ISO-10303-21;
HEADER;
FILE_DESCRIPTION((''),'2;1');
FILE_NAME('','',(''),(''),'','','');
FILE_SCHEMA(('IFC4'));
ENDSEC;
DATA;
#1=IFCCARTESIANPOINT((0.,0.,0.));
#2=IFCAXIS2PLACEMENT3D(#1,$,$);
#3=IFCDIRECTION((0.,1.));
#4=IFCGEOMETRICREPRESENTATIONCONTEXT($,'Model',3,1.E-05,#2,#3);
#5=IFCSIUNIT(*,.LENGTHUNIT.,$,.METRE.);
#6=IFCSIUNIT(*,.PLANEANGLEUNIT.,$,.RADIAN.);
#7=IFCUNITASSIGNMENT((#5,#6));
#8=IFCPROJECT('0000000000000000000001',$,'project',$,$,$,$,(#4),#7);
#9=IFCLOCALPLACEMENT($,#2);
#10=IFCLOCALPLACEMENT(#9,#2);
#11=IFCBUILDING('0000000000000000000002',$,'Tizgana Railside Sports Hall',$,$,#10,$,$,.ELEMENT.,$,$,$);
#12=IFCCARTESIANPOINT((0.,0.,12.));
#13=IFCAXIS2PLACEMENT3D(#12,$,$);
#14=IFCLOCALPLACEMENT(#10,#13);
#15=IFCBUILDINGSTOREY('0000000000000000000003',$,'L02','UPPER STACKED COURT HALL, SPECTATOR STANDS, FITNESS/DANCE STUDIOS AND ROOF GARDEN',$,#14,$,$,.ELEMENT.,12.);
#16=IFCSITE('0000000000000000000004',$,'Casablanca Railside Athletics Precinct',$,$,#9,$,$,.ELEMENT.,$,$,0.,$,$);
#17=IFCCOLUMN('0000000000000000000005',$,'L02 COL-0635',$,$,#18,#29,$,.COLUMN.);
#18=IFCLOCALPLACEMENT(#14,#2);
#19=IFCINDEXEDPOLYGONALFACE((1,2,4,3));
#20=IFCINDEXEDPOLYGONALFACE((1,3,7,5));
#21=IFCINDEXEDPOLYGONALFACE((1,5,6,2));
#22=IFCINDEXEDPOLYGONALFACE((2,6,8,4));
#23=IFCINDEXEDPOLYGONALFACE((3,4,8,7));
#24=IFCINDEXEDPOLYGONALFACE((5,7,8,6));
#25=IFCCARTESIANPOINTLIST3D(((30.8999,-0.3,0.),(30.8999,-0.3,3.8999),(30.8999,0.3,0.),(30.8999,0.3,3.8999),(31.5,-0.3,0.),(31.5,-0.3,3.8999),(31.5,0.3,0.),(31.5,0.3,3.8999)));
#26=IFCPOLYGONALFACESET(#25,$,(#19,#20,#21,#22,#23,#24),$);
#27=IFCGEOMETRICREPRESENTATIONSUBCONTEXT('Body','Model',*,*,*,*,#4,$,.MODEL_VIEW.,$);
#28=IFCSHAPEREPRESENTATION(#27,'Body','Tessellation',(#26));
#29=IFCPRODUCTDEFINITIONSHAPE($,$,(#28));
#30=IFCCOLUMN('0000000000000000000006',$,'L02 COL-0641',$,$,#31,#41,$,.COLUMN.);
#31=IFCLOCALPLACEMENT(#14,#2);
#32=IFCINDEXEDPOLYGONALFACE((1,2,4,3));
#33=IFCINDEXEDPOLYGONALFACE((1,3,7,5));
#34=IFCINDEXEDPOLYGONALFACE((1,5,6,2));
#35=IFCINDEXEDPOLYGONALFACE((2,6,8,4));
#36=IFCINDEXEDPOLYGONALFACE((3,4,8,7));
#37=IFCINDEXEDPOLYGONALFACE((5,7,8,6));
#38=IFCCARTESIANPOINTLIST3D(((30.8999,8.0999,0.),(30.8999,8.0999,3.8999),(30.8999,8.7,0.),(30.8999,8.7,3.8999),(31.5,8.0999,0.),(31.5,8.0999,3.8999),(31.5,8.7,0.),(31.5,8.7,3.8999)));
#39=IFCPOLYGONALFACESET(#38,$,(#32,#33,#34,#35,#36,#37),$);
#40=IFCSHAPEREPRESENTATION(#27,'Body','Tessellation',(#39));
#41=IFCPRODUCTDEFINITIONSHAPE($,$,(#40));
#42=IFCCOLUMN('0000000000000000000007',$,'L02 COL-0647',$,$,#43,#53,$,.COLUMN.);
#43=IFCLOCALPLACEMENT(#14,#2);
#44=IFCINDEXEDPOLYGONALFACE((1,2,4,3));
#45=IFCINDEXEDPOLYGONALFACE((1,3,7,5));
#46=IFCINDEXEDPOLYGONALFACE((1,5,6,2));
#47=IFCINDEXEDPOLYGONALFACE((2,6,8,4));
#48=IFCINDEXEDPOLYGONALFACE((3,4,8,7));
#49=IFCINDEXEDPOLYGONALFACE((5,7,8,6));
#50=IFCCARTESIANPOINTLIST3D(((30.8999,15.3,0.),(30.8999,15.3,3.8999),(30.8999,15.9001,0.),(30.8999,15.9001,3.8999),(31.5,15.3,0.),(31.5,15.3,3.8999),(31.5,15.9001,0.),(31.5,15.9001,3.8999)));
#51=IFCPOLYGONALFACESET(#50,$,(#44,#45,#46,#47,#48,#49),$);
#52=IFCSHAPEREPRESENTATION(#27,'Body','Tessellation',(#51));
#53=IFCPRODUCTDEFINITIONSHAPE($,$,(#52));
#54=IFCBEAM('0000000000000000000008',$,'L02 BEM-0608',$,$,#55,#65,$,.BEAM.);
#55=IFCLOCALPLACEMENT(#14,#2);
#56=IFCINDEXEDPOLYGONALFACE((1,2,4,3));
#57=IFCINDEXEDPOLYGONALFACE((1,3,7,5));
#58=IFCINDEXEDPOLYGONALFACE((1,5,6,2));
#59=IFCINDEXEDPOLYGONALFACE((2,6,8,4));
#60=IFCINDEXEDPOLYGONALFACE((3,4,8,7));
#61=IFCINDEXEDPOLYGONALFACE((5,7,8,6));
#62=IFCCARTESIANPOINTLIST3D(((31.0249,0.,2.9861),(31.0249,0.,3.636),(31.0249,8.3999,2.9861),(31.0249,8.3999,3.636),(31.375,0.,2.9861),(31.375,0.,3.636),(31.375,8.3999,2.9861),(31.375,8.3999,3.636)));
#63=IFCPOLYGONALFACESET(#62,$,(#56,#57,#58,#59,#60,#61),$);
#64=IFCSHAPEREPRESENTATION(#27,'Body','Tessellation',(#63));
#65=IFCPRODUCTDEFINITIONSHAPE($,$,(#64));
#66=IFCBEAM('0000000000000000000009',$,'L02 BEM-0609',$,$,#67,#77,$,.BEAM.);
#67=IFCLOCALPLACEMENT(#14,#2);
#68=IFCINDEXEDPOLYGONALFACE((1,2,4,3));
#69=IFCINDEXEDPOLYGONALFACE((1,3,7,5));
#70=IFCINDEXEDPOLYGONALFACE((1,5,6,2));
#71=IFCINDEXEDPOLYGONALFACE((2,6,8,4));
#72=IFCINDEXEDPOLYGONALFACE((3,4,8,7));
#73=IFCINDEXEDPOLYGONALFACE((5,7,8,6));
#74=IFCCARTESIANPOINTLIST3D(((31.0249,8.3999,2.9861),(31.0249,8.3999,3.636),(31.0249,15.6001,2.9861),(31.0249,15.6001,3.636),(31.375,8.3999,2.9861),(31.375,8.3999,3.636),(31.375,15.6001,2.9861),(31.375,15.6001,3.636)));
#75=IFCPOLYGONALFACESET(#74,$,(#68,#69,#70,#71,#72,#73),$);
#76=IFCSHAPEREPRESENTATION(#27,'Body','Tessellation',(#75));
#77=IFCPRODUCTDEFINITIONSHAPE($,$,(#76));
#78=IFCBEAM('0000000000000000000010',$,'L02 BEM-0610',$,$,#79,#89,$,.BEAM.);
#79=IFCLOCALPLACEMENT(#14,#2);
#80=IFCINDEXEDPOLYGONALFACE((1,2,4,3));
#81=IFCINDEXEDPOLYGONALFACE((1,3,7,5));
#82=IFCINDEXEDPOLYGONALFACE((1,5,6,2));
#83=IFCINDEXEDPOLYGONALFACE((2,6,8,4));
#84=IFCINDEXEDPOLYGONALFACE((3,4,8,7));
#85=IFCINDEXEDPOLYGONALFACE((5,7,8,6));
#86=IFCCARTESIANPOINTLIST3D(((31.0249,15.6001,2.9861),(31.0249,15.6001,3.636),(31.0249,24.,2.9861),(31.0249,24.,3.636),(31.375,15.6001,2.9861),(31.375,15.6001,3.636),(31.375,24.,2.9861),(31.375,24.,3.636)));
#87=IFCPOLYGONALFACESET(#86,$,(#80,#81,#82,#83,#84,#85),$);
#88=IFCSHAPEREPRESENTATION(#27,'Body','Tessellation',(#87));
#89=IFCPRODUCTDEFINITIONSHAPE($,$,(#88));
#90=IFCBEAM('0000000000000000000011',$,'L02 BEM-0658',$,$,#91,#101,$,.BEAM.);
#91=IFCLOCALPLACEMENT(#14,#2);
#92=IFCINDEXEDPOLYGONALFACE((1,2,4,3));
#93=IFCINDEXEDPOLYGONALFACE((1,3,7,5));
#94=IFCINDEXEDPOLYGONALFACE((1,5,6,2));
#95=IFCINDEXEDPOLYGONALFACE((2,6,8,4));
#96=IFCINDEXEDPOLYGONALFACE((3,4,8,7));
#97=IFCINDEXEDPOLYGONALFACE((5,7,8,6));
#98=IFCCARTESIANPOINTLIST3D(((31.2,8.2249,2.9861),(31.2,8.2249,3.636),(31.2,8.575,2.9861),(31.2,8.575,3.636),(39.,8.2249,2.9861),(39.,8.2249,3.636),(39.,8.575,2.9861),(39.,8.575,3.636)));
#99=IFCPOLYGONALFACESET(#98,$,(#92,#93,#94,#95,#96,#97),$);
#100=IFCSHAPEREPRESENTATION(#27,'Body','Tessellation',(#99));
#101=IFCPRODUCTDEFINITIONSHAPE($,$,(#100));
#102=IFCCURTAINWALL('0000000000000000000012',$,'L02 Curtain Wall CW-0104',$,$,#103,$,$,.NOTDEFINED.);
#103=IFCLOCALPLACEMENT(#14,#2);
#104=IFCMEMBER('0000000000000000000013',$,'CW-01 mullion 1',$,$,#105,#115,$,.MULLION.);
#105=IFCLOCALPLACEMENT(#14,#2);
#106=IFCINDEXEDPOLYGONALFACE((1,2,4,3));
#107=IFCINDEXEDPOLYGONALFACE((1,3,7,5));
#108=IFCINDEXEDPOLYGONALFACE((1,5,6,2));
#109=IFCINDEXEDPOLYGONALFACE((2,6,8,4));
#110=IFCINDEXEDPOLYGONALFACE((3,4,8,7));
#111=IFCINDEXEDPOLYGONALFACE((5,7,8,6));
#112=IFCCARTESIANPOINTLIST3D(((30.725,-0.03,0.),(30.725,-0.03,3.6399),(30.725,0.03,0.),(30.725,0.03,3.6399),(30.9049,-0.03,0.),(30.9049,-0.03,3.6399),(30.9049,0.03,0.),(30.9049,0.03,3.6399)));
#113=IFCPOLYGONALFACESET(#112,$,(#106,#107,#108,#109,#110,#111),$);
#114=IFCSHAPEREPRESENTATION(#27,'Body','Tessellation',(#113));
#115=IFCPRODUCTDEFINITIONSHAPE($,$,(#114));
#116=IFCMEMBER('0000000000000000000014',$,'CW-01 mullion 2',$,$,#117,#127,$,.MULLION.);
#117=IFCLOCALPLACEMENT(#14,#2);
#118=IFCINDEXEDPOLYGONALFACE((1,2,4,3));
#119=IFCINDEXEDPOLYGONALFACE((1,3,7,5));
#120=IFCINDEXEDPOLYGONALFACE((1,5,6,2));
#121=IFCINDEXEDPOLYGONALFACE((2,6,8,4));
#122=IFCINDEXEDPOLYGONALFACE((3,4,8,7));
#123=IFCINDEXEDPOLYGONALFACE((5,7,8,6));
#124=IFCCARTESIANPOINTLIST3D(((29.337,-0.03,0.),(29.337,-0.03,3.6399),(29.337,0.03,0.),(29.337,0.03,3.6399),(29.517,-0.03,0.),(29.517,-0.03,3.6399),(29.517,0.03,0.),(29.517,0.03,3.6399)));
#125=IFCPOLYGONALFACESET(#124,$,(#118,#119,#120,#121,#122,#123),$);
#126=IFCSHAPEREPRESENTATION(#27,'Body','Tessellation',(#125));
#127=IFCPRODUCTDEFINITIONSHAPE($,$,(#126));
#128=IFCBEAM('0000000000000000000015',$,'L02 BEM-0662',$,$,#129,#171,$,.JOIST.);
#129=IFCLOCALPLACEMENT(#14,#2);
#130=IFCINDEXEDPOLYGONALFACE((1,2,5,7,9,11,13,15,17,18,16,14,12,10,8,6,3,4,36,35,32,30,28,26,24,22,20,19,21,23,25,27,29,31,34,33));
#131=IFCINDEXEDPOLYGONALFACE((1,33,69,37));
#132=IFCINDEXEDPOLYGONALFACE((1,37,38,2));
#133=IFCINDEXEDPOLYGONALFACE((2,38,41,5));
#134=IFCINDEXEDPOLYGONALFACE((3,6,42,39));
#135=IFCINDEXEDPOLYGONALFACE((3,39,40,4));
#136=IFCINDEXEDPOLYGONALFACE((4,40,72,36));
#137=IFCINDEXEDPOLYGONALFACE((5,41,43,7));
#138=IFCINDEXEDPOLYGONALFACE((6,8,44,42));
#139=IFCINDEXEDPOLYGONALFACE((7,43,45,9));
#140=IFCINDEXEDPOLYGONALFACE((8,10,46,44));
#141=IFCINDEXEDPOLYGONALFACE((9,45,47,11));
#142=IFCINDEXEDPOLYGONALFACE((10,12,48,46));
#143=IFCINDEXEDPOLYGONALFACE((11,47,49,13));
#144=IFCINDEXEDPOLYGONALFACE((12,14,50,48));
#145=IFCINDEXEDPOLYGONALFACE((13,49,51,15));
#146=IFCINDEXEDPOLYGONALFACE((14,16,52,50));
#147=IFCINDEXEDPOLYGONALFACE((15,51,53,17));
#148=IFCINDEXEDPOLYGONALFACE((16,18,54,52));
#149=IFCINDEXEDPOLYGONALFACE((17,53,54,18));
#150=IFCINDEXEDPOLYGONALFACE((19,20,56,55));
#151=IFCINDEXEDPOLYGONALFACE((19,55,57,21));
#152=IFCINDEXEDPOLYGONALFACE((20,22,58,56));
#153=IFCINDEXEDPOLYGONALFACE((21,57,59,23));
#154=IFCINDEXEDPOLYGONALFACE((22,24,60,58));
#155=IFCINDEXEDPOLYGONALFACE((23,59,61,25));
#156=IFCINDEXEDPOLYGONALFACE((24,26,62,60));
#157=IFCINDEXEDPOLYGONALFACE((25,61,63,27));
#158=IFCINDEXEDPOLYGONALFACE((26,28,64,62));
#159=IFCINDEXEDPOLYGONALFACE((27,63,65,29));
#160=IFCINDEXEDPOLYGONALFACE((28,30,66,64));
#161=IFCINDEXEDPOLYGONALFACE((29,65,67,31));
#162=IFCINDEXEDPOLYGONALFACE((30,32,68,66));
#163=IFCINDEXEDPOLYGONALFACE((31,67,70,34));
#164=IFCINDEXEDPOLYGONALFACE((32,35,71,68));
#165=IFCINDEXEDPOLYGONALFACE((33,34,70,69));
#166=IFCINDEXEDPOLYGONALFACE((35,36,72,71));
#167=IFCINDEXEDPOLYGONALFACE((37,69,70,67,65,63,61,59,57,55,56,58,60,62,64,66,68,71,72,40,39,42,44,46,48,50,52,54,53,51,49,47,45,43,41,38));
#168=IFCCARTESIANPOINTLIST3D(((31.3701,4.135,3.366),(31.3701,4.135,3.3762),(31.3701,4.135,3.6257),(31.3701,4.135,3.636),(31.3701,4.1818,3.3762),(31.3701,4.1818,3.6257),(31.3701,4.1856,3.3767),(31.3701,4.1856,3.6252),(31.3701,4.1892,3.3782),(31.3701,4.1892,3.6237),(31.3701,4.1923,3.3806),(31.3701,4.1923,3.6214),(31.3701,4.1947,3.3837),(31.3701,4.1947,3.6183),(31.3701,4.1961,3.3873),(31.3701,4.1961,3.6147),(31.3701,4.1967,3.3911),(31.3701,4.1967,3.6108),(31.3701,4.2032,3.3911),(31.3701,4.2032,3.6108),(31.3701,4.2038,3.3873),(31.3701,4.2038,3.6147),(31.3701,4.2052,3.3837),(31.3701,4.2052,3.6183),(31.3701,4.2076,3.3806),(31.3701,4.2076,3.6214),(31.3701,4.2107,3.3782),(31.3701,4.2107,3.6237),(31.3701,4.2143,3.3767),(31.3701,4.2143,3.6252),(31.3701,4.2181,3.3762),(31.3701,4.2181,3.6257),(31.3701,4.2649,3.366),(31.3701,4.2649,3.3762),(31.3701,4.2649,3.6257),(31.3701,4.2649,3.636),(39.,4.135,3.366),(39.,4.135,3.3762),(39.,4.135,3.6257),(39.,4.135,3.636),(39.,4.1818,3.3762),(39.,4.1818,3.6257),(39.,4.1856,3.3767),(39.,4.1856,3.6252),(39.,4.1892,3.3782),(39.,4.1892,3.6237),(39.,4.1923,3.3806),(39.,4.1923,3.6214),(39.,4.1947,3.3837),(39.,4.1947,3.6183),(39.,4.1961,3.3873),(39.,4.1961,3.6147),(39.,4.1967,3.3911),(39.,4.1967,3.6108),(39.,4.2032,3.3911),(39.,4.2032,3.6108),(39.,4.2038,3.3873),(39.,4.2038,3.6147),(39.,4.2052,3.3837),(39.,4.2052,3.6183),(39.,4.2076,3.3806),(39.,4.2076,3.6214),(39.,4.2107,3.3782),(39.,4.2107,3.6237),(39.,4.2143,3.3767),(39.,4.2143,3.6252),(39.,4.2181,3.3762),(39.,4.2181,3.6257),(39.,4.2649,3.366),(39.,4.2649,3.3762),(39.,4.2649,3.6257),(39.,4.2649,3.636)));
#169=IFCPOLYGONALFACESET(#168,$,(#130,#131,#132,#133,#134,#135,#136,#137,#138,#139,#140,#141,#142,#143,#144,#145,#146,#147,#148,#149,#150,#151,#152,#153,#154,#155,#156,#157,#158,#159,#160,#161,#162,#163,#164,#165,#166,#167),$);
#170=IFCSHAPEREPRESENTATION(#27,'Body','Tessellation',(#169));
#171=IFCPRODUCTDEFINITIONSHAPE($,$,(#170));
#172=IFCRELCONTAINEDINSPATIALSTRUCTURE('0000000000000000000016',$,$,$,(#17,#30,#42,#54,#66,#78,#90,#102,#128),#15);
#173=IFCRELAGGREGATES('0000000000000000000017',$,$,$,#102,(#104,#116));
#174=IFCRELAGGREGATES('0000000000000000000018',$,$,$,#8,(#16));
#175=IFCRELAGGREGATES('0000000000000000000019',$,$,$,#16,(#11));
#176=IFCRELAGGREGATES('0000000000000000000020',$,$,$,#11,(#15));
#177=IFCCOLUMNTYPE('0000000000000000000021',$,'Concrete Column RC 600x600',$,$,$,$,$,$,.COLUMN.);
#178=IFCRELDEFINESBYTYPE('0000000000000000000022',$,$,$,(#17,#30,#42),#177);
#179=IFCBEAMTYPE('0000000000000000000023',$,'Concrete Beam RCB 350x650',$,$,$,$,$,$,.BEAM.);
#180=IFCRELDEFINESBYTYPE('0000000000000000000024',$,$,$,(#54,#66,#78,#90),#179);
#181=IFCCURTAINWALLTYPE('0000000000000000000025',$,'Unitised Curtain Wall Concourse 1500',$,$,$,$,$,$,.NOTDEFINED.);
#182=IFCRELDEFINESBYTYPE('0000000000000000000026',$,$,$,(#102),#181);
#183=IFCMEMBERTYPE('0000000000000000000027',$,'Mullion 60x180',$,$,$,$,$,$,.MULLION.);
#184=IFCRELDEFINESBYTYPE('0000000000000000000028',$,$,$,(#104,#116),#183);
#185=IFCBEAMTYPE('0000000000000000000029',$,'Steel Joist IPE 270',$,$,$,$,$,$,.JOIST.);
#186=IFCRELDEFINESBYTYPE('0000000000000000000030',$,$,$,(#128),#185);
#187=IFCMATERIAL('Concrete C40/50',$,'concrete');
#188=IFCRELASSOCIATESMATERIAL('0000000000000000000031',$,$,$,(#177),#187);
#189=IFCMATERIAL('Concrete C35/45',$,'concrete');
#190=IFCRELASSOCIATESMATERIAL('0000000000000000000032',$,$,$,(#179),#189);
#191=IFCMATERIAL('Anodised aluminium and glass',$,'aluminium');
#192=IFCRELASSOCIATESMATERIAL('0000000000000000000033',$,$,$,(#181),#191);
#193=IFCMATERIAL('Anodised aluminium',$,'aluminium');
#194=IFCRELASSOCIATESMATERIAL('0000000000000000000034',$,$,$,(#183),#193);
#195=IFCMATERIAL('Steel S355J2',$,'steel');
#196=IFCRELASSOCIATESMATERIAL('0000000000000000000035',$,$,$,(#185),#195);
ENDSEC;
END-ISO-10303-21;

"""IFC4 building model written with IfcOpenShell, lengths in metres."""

from ifc_helpers import new_model, si_unit, direction, frame, origin, origin_2d, place, context, subcontext, project, spatial, rectangle, i_section, extrude, material, material_profile, profile_set, type_object, element, aggregate, save


model = new_model("IFC4")

# Units and contexts
model_context = context("Model", 3, precision=1e-05, world=origin(), true_north=direction((0.0, 1.0)))
body_context = subcontext(model_context, "Body", "Model", "MODEL_VIEW")
ifc_project = project(units=[si_unit("LENGTHUNIT", "METRE"), si_unit("PLANEANGLEUNIT", "RADIAN")], contexts=[model_context])

# Site, building, storey
site_placement = place(None, origin())
site = spatial("IfcSite", under=ifc_project, at=site_placement, Name="Casablanca Railside Athletics Precinct", CompositionType="ELEMENT", RefElevation=0.0)
building_placement = place(site_placement, origin())
building = spatial("IfcBuilding", under=site, at=building_placement, Name="Tizgana Railside Sports Hall", CompositionType="ELEMENT")
storey_placement = place(building_placement, frame((0.0, 0.0, 12.0)))
storey = spatial("IfcBuildingStorey", under=building, at=storey_placement, Name="L02", Description="UPPER STACKED COURT HALL, SPECTATOR STANDS, FITNESS/DANCE STUDIOS AND ROOF GARDEN", CompositionType="ELEMENT", Elevation=12.0)

# Columns
ifc_material_1 = material(Name="Concrete C40/50", Category="concrete")
ifc_material_profile_1 = material_profile(ifc_material_1, rectangle(XDim=0.6001, YDim=0.6001, at=origin_2d()), Name="RC 600x600")
ifc_profile_set_1 = profile_set([ifc_material_profile_1], Name="Concrete C40/50")
column_type = type_object("IfcColumnType", Name="Concrete Column RC 600x600", PredefinedType="COLUMN", material=ifc_profile_set_1)
for number, where, z_axis, x_axis, name in (
    (1, (31.2, 0.0, 0.0), (0.0, 0.0, 1.0), (1.0, 0.0, 0.0), "L02 COL-0635"),
    (2, (31.2, 8.3999, 0.0), (0.0, 0.0, 1.0), (1.0, 0.0, 0.0), "L02 COL-0641"),
    (3, (31.2, 15.6001, 0.0), (0.0, 0.0, 1.0), (1.0, 0.0, 0.0), "L02 COL-0647"),
):
    element("IfcColumn", number, at=place(storey_placement, frame(where, z_axis=z_axis, x_axis=x_axis)), inside=storey, type_object=column_type, Name=name, PredefinedType="COLUMN", context=body_context, shape_type="SweptSolid", body=[
        extrude(rectangle(XDim=0.6001, YDim=0.6001, at=origin_2d()), origin(), (0.0, 0.0, 1.0), 3.8999),
    ])

# Beams
ifc_material_2 = material(Name="Concrete C35/45", Category="concrete")
ifc_material_profile_2 = material_profile(ifc_material_2, rectangle(XDim=0.3501, YDim=0.6499, at=origin_2d()), Name="RCB 350x650")
ifc_profile_set_2 = profile_set([ifc_material_profile_2], Name="Concrete C35/45")
beam_type_1 = type_object("IfcBeamType", Name="Concrete Beam RCB 350x650", PredefinedType="BEAM", material=ifc_profile_set_2)
beam_1_placement = place(storey_placement, frame((31.2, 0.0, 3.311), z_axis=(0.0, 1.0, 0.0), x_axis=(-1.0, 0.0, 0.0)))
element("IfcBeam", 4, at=beam_1_placement, inside=storey, type_object=beam_type_1, Name="L02 BEM-0608", PredefinedType="BEAM", context=body_context, shape_type="SweptSolid", body=[
    extrude(rectangle(XDim=0.3501, YDim=0.6499, at=origin_2d()), origin(), (0.0, 0.0, 1.0), 8.3999),
])
beam_2_placement = place(storey_placement, frame((31.2, 8.3999, 3.311), z_axis=(0.0, 1.0, 0.0), x_axis=(-1.0, 0.0, 0.0)))
element("IfcBeam", 5, at=beam_2_placement, inside=storey, type_object=beam_type_1, Name="L02 BEM-0609", PredefinedType="BEAM", context=body_context, shape_type="SweptSolid", body=[
    extrude(rectangle(XDim=0.3501, YDim=0.6499, at=origin_2d()), origin(), (0.0, 0.0, 1.0), 7.2002),
])
beam_3_placement = place(storey_placement, frame((31.2, 15.6001, 3.311), z_axis=(0.0, 1.0, 0.0), x_axis=(-1.0, 0.0, 0.0)))
element("IfcBeam", 6, at=beam_3_placement, inside=storey, type_object=beam_type_1, Name="L02 BEM-0610", PredefinedType="BEAM", context=body_context, shape_type="SweptSolid", body=[
    extrude(rectangle(XDim=0.3501, YDim=0.6499, at=origin_2d()), origin(), (0.0, 0.0, 1.0), 8.3999),
])
beam_4_placement = place(storey_placement, frame((31.2, 8.3999, 3.311), z_axis=(1.0, 0.0, 0.0), x_axis=(0.0, 1.0, 0.0)))
element("IfcBeam", 7, at=beam_4_placement, inside=storey, type_object=beam_type_1, Name="L02 BEM-0658", PredefinedType="BEAM", context=body_context, shape_type="SweptSolid", body=[
    extrude(rectangle(XDim=0.3501, YDim=0.6499, at=origin_2d()), origin(), (0.0, 0.0, 1.0), 7.8),
])

# Curtain wall, members
ifc_material_3 = material(Name="Anodised aluminium and glass", Category="aluminium")
curtain_wall_type = type_object("IfcCurtainWallType", Name="Unitised Curtain Wall Concourse 1500", PredefinedType="NOTDEFINED", material=ifc_material_3)
curtain_wall_placement = place(storey_placement, origin())
curtain_wall = element("IfcCurtainWall", 8, at=curtain_wall_placement, inside=storey, type_object=curtain_wall_type, Name="L02 Curtain Wall CW-0104", PredefinedType="NOTDEFINED")
ifc_material_4 = material(Name="Anodised aluminium", Category="aluminium")
ifc_material_profile_3 = material_profile(ifc_material_4, rectangle(XDim=0.0601, YDim=0.1799, at=origin_2d()), Name="Mullion 60x180")
ifc_profile_set_3 = profile_set([ifc_material_profile_3], Name="Anodised aluminium")
member_type_1 = type_object("IfcMemberType", Name="Mullion 60x180", PredefinedType="MULLION", material=ifc_profile_set_3)
member_1_placement = place(storey_placement, frame((30.8149, 0.0, 0.0), z_axis=(0.0, 0.0, 1.0), x_axis=(0.0, -1.0, 0.0)))
member_1 = element("IfcMember", 9, at=member_1_placement, type_object=member_type_1, Name="CW-01 mullion 1", PredefinedType="MULLION", context=body_context, shape_type="SweptSolid", body=[
    extrude(rectangle(XDim=0.0601, YDim=0.1799, at=origin_2d()), origin(), (0.0, 0.0, 1.0), 3.6399),
])
member_2_placement = place(storey_placement, frame((29.427, 0.0, 0.0), z_axis=(0.0, 0.0, 1.0), x_axis=(0.0, -1.0, 0.0)))
member_2 = element("IfcMember", 10, at=member_2_placement, type_object=member_type_1, Name="CW-01 mullion 2", PredefinedType="MULLION", context=body_context, shape_type="SweptSolid", body=[
    extrude(rectangle(XDim=0.0601, YDim=0.1799, at=origin_2d()), origin(), (0.0, 0.0, 1.0), 3.6399),
])

# Beam
ifc_material_5 = material(Name="Steel S355J2", Category="steel")
ifc_material_profile_4 = material_profile(ifc_material_5, i_section(OverallWidth=0.1299, OverallDepth=0.27, WebThickness=0.0066, FlangeThickness=0.0103, FilletRadius=0.0149, at=origin_2d()), Name="IPE 270")
ifc_profile_set_4 = profile_set([ifc_material_profile_4], Name="Steel S355J2")
beam_type_2 = type_object("IfcBeamType", Name="Steel Joist IPE 270", PredefinedType="JOIST", material=ifc_profile_set_4)
beam_5_placement = place(storey_placement, frame((31.3701, 4.2, 3.501), z_axis=(1.0, 0.0, 0.0), x_axis=(0.0, 1.0, 0.0)))
element("IfcBeam", 11, at=beam_5_placement, inside=storey, type_object=beam_type_2, Name="L02 BEM-0662", PredefinedType="JOIST", context=body_context, shape_type="SweptSolid", body=[
    extrude(i_section(OverallWidth=0.1299, OverallDepth=0.27, WebThickness=0.0066, FlangeThickness=0.0103, FilletRadius=0.0149, at=origin_2d()), origin(), (0.0, 0.0, 1.0), 7.6299),
])

aggregate(curtain_wall, [member_1, member_2])

save(model, "model.ifc")
